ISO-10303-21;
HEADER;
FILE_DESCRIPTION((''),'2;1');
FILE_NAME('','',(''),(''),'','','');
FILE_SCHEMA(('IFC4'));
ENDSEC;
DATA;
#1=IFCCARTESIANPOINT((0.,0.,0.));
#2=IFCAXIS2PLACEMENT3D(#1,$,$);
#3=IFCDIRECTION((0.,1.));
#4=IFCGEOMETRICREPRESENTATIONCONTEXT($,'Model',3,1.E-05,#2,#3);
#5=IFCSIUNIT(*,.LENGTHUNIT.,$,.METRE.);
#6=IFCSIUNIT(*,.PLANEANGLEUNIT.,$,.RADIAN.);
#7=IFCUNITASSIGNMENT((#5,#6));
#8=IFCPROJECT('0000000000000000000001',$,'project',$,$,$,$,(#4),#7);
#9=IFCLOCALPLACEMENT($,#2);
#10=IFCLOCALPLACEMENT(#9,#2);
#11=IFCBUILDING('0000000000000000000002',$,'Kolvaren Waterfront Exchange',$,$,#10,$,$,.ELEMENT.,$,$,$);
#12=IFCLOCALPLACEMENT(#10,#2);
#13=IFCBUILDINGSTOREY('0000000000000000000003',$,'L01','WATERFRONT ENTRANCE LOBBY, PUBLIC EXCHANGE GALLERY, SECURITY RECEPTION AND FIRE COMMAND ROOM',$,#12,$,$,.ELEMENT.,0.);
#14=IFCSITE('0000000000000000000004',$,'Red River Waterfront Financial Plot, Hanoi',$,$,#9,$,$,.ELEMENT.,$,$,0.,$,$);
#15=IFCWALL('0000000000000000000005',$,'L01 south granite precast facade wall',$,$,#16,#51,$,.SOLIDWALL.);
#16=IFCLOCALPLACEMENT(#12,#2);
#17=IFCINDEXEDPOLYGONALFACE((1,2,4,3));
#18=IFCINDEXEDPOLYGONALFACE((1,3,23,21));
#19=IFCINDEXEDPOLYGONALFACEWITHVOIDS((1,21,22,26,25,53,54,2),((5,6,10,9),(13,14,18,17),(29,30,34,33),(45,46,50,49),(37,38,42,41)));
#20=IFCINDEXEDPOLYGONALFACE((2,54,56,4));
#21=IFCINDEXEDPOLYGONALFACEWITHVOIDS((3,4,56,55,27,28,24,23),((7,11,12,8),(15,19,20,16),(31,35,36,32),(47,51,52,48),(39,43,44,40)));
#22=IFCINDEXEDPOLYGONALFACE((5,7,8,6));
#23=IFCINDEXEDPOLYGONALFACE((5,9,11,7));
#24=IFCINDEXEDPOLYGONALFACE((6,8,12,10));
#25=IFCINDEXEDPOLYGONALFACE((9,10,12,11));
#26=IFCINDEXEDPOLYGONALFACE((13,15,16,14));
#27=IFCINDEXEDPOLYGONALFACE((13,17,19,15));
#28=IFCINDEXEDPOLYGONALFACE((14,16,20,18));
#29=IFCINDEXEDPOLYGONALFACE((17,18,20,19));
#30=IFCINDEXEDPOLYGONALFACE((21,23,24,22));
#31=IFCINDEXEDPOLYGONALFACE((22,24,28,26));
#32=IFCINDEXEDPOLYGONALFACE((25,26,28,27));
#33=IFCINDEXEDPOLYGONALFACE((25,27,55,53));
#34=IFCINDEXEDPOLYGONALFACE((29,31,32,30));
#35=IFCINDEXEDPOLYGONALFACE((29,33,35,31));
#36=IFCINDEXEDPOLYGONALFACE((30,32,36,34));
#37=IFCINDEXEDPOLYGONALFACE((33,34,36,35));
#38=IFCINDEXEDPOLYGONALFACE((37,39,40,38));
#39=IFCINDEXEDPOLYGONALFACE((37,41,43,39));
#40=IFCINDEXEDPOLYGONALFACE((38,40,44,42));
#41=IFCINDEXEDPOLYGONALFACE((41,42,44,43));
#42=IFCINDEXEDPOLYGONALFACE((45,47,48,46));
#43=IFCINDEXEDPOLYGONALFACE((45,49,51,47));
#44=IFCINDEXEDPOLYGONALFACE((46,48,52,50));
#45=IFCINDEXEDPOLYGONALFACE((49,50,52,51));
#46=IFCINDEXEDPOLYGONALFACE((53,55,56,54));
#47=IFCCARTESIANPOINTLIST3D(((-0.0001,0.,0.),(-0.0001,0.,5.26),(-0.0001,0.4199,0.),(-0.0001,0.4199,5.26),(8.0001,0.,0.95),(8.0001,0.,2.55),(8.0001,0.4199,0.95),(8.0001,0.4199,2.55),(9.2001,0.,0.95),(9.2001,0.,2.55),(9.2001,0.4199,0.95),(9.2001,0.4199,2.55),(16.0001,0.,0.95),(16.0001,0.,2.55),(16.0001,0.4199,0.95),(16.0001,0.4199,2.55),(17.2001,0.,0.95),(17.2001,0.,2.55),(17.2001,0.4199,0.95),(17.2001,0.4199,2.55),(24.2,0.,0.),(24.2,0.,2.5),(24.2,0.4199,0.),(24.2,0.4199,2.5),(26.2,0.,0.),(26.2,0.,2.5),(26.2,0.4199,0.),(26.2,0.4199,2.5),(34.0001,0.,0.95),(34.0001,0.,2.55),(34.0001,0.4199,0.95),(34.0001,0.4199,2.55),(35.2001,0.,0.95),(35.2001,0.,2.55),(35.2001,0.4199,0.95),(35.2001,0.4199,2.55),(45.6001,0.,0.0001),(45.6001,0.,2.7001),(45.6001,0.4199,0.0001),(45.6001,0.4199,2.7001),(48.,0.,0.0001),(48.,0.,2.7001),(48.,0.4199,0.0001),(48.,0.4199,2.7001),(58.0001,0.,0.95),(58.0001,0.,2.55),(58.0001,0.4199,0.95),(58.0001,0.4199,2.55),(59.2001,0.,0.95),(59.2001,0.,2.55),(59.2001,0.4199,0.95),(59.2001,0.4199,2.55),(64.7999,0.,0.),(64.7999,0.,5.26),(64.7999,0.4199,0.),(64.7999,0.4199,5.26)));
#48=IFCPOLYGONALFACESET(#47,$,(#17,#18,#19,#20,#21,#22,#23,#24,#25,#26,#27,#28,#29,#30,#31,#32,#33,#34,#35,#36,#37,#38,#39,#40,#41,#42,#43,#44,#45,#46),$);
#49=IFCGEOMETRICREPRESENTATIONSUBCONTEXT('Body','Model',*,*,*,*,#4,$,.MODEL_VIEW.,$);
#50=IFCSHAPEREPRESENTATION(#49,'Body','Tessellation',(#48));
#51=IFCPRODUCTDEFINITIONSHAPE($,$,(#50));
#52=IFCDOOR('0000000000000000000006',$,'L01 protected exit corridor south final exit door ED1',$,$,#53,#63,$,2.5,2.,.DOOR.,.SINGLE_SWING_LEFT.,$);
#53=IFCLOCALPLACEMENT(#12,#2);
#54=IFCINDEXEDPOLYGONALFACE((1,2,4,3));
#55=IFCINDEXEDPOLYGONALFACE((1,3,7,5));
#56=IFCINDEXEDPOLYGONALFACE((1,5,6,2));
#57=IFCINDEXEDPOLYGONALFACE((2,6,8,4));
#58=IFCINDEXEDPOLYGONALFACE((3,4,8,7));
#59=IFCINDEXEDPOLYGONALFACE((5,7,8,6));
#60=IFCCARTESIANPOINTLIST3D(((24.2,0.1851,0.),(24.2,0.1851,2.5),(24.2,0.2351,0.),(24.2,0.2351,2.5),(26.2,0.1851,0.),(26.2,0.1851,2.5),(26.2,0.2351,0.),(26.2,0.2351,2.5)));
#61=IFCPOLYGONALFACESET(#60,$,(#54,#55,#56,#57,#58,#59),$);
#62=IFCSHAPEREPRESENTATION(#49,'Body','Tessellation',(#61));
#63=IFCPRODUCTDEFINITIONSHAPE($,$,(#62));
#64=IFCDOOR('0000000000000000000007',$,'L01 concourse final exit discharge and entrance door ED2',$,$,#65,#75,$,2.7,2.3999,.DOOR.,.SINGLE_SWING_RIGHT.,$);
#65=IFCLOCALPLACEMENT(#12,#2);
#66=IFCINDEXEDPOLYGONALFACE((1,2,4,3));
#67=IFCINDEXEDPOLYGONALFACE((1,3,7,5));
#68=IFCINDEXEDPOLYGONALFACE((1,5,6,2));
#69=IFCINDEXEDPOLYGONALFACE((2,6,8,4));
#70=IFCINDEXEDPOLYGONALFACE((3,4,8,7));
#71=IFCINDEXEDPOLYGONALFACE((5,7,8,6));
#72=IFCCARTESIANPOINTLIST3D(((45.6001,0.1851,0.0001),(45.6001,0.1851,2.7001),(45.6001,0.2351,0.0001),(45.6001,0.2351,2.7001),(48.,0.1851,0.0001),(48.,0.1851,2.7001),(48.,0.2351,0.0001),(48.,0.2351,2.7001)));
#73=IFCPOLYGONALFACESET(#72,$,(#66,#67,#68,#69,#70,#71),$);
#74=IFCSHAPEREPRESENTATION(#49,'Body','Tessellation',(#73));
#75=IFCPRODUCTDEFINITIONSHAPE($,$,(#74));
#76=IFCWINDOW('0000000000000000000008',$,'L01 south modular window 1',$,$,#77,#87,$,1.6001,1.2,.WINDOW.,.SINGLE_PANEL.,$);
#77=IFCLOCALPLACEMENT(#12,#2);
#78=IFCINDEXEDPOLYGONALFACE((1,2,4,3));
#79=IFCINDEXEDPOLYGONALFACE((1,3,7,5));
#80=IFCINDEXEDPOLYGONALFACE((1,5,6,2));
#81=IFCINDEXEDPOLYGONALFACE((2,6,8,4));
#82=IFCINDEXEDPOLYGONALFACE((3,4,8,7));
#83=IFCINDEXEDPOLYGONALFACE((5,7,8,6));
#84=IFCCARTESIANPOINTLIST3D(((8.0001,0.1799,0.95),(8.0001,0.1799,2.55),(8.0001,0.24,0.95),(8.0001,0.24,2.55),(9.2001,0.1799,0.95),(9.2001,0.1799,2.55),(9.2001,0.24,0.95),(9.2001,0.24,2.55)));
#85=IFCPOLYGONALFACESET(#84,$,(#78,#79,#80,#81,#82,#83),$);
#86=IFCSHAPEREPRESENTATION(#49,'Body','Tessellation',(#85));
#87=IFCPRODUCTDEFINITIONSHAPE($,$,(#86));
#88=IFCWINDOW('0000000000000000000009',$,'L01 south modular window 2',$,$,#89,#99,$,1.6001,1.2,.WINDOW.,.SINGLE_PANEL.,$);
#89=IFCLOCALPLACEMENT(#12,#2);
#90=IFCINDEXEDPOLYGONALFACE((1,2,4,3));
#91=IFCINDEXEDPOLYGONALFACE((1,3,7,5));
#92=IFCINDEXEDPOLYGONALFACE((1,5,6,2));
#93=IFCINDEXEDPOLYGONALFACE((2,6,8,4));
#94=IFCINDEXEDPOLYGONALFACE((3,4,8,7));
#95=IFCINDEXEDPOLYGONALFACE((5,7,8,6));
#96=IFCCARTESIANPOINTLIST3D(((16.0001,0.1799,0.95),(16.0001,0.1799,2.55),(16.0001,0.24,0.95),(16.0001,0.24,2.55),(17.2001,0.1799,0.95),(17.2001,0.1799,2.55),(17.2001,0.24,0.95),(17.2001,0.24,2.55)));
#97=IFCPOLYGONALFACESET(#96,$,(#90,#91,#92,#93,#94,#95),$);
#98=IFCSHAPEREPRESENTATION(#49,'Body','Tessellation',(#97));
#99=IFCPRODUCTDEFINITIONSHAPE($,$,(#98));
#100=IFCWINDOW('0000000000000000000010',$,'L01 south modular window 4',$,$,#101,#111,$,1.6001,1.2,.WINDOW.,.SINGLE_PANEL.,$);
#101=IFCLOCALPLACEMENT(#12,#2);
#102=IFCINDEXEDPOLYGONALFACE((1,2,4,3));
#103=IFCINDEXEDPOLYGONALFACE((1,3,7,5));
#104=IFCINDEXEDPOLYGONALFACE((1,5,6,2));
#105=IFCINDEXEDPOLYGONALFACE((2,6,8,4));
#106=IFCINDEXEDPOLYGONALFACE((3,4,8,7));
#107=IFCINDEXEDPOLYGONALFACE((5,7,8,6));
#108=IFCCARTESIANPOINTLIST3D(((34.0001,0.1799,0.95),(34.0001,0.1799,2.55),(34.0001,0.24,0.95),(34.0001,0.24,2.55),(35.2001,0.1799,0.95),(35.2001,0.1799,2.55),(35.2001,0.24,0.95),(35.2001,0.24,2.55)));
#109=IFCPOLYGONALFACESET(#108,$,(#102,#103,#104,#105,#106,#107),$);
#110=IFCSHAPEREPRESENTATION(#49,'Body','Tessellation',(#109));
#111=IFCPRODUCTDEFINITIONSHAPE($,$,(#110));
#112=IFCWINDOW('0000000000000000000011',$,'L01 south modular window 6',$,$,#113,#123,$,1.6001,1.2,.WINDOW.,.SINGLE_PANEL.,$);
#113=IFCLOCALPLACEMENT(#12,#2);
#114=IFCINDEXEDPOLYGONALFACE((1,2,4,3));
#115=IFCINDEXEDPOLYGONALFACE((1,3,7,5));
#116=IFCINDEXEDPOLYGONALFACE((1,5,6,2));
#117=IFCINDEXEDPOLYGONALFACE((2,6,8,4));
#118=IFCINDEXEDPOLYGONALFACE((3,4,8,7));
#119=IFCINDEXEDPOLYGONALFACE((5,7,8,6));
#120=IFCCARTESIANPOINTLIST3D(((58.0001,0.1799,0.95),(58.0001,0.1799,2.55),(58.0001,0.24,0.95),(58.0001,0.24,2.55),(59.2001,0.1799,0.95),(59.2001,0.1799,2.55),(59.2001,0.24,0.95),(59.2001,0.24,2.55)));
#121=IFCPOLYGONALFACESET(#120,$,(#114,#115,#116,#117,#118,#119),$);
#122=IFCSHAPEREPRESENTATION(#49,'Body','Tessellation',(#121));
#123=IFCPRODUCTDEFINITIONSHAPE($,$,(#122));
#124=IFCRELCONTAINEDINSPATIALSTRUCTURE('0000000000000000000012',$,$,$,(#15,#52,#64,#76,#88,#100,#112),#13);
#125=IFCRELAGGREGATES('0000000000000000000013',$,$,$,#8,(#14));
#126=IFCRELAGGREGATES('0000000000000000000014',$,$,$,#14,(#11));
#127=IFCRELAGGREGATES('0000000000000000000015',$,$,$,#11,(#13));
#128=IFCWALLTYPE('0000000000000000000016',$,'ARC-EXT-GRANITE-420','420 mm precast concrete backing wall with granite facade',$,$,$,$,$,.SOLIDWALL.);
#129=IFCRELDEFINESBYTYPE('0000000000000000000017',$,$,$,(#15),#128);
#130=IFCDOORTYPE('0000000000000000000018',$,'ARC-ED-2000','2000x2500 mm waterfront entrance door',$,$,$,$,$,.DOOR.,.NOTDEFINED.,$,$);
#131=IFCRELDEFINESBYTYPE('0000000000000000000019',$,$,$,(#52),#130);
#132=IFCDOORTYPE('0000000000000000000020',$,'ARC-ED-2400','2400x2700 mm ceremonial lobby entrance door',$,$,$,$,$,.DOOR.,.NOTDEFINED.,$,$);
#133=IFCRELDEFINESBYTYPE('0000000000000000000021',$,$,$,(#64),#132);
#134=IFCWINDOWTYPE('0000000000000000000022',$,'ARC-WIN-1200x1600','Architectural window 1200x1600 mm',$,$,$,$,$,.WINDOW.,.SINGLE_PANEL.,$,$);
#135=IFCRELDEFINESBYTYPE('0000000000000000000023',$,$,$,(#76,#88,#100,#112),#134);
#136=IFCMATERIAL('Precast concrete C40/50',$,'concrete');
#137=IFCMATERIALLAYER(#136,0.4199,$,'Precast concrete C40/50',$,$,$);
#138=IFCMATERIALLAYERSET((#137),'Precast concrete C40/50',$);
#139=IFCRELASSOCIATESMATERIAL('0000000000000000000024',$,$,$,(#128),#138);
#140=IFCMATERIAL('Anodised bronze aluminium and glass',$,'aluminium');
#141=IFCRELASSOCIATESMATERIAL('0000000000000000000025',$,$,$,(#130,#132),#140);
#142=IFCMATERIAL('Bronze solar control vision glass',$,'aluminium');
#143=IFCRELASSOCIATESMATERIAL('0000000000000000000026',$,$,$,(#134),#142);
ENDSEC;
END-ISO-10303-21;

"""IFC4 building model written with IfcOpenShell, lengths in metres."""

from ifc_helpers import new_model, si_unit, direction, frame, frame_2d, origin, place, context, subcontext, project, spatial, rectangle, extrude, material, layer, layer_set, type_object, element, fill, save


model = new_model("IFC4")

# Units and contexts
model_context = context("Model", 3, precision=1e-05, world=origin(), true_north=direction((0.0, 1.0)))
body_context = subcontext(model_context, "Body", "Model", "MODEL_VIEW")
ifc_project = project(units=[si_unit("LENGTHUNIT", "METRE"), si_unit("PLANEANGLEUNIT", "RADIAN")], contexts=[model_context])

# Site, building, storey
site_placement = place(None, origin())
site = spatial("IfcSite", under=ifc_project, at=site_placement, Name="Red River Waterfront Financial Plot, Hanoi", CompositionType="ELEMENT", RefElevation=0.0)
building_placement = place(site_placement, origin())
building = spatial("IfcBuilding", under=site, at=building_placement, Name="Kolvaren Waterfront Exchange", CompositionType="ELEMENT")
storey_placement = place(building_placement, origin())
storey = spatial("IfcBuildingStorey", under=building, at=storey_placement, Name="L01", Description="WATERFRONT ENTRANCE LOBBY, PUBLIC EXCHANGE GALLERY, SECURITY RECEPTION AND FIRE COMMAND ROOM", CompositionType="ELEMENT", Elevation=0.0)

# Shared definitions
ifc_material_1 = material(Name="Precast concrete C40/50", Category="concrete")

# Wall, openings, doors, windows
ifc_layer_1 = layer(ifc_material_1, 0.4199, Name="Precast concrete C40/50")
ifc_layer_set_1 = layer_set([ifc_layer_1], Name="Precast concrete C40/50")
wall_type_1 = type_object("IfcWallType", Name="ARC-EXT-GRANITE-420", Description="420 mm precast concrete backing wall with granite facade", PredefinedType="SOLIDWALL", material=ifc_layer_set_1)
wall_1_placement = place(storey_placement, frame((0.0, 0.21, 0.0), z_axis=(0.0, 0.0, 1.0), x_axis=(1.0, 0.0, 0.0)))
wall_1 = element("IfcWall", 1, at=wall_1_placement, inside=storey, type_object=wall_type_1, Name="L01 south granite precast facade wall", PredefinedType="SOLIDWALL", context=body_context, shape_type="SweptSolid", body=[
    extrude(rectangle(XDim=64.8, YDim=0.4199, at=frame_2d((32.3999, 0.0))), origin(), (0.0, 0.0, 1.0), 5.26),
])
opening_1_placement = place(wall_1_placement, frame((8.0, 0.0, 0.95)))
opening_1 = element("IfcOpeningElement", 2, at=opening_1_placement, cuts=wall_1, PredefinedType="OPENING", context=body_context, shape_type="SweptSolid", body=[
    extrude(rectangle(XDim=1.2, YDim=1.6001, at=frame_2d((0.6001, 0.8))), frame((0.0, 0.22, 0.0), z_axis=(0.0, -1.0, 0.0), x_axis=(1.0, 0.0, 0.0)), (0.0, 0.0, 1.0), 0.4399),
])
opening_2_placement = place(wall_1_placement, frame((16.0, 0.0, 0.95)))
opening_2 = element("IfcOpeningElement", 3, at=opening_2_placement, cuts=wall_1, PredefinedType="OPENING", context=body_context, shape_type="SweptSolid", body=[
    extrude(rectangle(XDim=1.2, YDim=1.6001, at=frame_2d((0.6001, 0.8))), frame((0.0, 0.22, 0.0), z_axis=(0.0, -1.0, 0.0), x_axis=(1.0, 0.0, 0.0)), (0.0, 0.0, 1.0), 0.4399),
])
opening_3_placement = place(wall_1_placement, frame((34.0, 0.0, 0.95)))
opening_3 = element("IfcOpeningElement", 4, at=opening_3_placement, cuts=wall_1, PredefinedType="OPENING", context=body_context, shape_type="SweptSolid", body=[
    extrude(rectangle(XDim=1.2, YDim=1.6001, at=frame_2d((0.6001, 0.8))), frame((0.0, 0.22, 0.0), z_axis=(0.0, -1.0, 0.0), x_axis=(1.0, 0.0, 0.0)), (0.0, 0.0, 1.0), 0.4399),
])
opening_4_placement = place(wall_1_placement, frame((58.0, 0.0, 0.95)))
opening_4 = element("IfcOpeningElement", 5, at=opening_4_placement, cuts=wall_1, PredefinedType="OPENING", context=body_context, shape_type="SweptSolid", body=[
    extrude(rectangle(XDim=1.2, YDim=1.6001, at=frame_2d((0.6001, 0.8))), frame((0.0, 0.22, 0.0), z_axis=(0.0, -1.0, 0.0), x_axis=(1.0, 0.0, 0.0)), (0.0, 0.0, 1.0), 0.4399),
])
opening_5_placement = place(wall_1_placement, frame((24.2, 0.0, 0.0)))
opening_5 = element("IfcOpeningElement", 6, at=opening_5_placement, cuts=wall_1, PredefinedType="OPENING", context=body_context, shape_type="SweptSolid", body=[
    extrude(rectangle(XDim=2.0, YDim=2.5, at=frame_2d((1.0, 1.25))), frame((0.0, 0.22, 0.0), z_axis=(0.0, -1.0, 0.0), x_axis=(1.0, 0.0, 0.0)), (0.0, 0.0, 1.0), 0.4399),
])
opening_6_placement = place(wall_1_placement, frame((45.6001, 0.0, 0.0)))
opening_6 = element("IfcOpeningElement", 7, at=opening_6_placement, cuts=wall_1, PredefinedType="OPENING", context=body_context, shape_type="SweptSolid", body=[
    extrude(rectangle(XDim=2.3999, YDim=2.7, at=frame_2d((1.2, 1.3501))), frame((0.0, 0.22, 0.0), z_axis=(0.0, -1.0, 0.0), x_axis=(1.0, 0.0, 0.0)), (0.0, 0.0, 1.0), 0.4399),
])
ifc_material_2 = material(Name="Anodised bronze aluminium and glass", Category="aluminium")
door_type_1 = type_object("IfcDoorType", Name="ARC-ED-2000", Description="2000x2500 mm waterfront entrance door", OperationType="NOTDEFINED", PredefinedType="DOOR", material=ifc_material_2)
door_1_placement = place(opening_5_placement, frame((2.0, 0.0, 0.0), z_axis=(0.0, 0.0, 1.0), x_axis=(-1.0, 0.0, 0.0)))
door_1 = element("IfcDoor", 8, at=door_1_placement, inside=storey, type_object=door_type_1, Name="L01 protected exit corridor south final exit door ED1", OperationType="SINGLE_SWING_LEFT", OverallHeight=2.5, OverallWidth=2.0, PredefinedType="DOOR", context=body_context, shape_type="SweptSolid", body=[
    extrude(rectangle(XDim=2.0, YDim=2.5, at=frame_2d((1.0, 1.25))), frame((0.0, 0.0249, 0.0), z_axis=(0.0, -1.0, 0.0), x_axis=(1.0, 0.0, 0.0)), (0.0, 0.0, 1.0), 0.05),
])
fill(opening_5, door_1)
door_type_2 = type_object("IfcDoorType", Name="ARC-ED-2400", Description="2400x2700 mm ceremonial lobby entrance door", OperationType="NOTDEFINED", PredefinedType="DOOR", material=ifc_material_2)
door_2_placement = place(opening_6_placement, frame((2.3999, 0.0, 0.0), z_axis=(0.0, 0.0, 1.0), x_axis=(-1.0, 0.0, 0.0)))
door_2 = element("IfcDoor", 9, at=door_2_placement, inside=storey, type_object=door_type_2, Name="L01 concourse final exit discharge and entrance door ED2", OperationType="SINGLE_SWING_RIGHT", OverallHeight=2.7, OverallWidth=2.3999, PredefinedType="DOOR", context=body_context, shape_type="SweptSolid", body=[
    extrude(rectangle(XDim=2.3999, YDim=2.7, at=frame_2d((1.2, 1.3501))), frame((0.0, 0.0249, 0.0), z_axis=(0.0, -1.0, 0.0), x_axis=(1.0, 0.0, 0.0)), (0.0, 0.0, 1.0), 0.05),
])
fill(opening_6, door_2)
ifc_material_3 = material(Name="Bronze solar control vision glass", Category="aluminium")
window_type = type_object("IfcWindowType", Name="ARC-WIN-1200x1600", Description="Architectural window 1200x1600 mm", PartitioningType="SINGLE_PANEL", PredefinedType="WINDOW", material=ifc_material_3)
window_1_placement = place(opening_1_placement, origin())
window_1 = element("IfcWindow", 10, at=window_1_placement, inside=storey, type_object=window_type, Name="L01 south modular window 1", OverallHeight=1.6001, OverallWidth=1.2, PartitioningType="SINGLE_PANEL", PredefinedType="WINDOW", context=body_context, shape_type="SweptSolid", body=[
    extrude(rectangle(XDim=1.2, YDim=1.6001, at=frame_2d((0.6001, 0.8))), frame((0.0, 0.03, 0.0), z_axis=(0.0, -1.0, 0.0), x_axis=(1.0, 0.0, 0.0)), (0.0, 0.0, 1.0), 0.0601),
])
fill(opening_1, window_1)
window_2_placement = place(opening_2_placement, origin())
window_2 = element("IfcWindow", 11, at=window_2_placement, inside=storey, type_object=window_type, Name="L01 south modular window 2", OverallHeight=1.6001, OverallWidth=1.2, PartitioningType="SINGLE_PANEL", PredefinedType="WINDOW", context=body_context, shape_type="SweptSolid", body=[
    extrude(rectangle(XDim=1.2, YDim=1.6001, at=frame_2d((0.6001, 0.8))), frame((0.0, 0.03, 0.0), z_axis=(0.0, -1.0, 0.0), x_axis=(1.0, 0.0, 0.0)), (0.0, 0.0, 1.0), 0.0601),
])
fill(opening_2, window_2)
window_3_placement = place(opening_3_placement, origin())
window_3 = element("IfcWindow", 12, at=window_3_placement, inside=storey, type_object=window_type, Name="L01 south modular window 4", OverallHeight=1.6001, OverallWidth=1.2, PartitioningType="SINGLE_PANEL", PredefinedType="WINDOW", context=body_context, shape_type="SweptSolid", body=[
    extrude(rectangle(XDim=1.2, YDim=1.6001, at=frame_2d((0.6001, 0.8))), frame((0.0, 0.03, 0.0), z_axis=(0.0, -1.0, 0.0), x_axis=(1.0, 0.0, 0.0)), (0.0, 0.0, 1.0), 0.0601),
])
fill(opening_3, window_3)
window_4_placement = place(opening_4_placement, origin())
window_4 = element("IfcWindow", 13, at=window_4_placement, inside=storey, type_object=window_type, Name="L01 south modular window 6", OverallHeight=1.6001, OverallWidth=1.2, PartitioningType="SINGLE_PANEL", PredefinedType="WINDOW", context=body_context, shape_type="SweptSolid", body=[
    extrude(rectangle(XDim=1.2, YDim=1.6001, at=frame_2d((0.6001, 0.8))), frame((0.0, 0.03, 0.0), z_axis=(0.0, -1.0, 0.0), x_axis=(1.0, 0.0, 0.0)), (0.0, 0.0, 1.0), 0.0601),
])
fill(opening_4, window_4)

save(model, "model.ifc")
